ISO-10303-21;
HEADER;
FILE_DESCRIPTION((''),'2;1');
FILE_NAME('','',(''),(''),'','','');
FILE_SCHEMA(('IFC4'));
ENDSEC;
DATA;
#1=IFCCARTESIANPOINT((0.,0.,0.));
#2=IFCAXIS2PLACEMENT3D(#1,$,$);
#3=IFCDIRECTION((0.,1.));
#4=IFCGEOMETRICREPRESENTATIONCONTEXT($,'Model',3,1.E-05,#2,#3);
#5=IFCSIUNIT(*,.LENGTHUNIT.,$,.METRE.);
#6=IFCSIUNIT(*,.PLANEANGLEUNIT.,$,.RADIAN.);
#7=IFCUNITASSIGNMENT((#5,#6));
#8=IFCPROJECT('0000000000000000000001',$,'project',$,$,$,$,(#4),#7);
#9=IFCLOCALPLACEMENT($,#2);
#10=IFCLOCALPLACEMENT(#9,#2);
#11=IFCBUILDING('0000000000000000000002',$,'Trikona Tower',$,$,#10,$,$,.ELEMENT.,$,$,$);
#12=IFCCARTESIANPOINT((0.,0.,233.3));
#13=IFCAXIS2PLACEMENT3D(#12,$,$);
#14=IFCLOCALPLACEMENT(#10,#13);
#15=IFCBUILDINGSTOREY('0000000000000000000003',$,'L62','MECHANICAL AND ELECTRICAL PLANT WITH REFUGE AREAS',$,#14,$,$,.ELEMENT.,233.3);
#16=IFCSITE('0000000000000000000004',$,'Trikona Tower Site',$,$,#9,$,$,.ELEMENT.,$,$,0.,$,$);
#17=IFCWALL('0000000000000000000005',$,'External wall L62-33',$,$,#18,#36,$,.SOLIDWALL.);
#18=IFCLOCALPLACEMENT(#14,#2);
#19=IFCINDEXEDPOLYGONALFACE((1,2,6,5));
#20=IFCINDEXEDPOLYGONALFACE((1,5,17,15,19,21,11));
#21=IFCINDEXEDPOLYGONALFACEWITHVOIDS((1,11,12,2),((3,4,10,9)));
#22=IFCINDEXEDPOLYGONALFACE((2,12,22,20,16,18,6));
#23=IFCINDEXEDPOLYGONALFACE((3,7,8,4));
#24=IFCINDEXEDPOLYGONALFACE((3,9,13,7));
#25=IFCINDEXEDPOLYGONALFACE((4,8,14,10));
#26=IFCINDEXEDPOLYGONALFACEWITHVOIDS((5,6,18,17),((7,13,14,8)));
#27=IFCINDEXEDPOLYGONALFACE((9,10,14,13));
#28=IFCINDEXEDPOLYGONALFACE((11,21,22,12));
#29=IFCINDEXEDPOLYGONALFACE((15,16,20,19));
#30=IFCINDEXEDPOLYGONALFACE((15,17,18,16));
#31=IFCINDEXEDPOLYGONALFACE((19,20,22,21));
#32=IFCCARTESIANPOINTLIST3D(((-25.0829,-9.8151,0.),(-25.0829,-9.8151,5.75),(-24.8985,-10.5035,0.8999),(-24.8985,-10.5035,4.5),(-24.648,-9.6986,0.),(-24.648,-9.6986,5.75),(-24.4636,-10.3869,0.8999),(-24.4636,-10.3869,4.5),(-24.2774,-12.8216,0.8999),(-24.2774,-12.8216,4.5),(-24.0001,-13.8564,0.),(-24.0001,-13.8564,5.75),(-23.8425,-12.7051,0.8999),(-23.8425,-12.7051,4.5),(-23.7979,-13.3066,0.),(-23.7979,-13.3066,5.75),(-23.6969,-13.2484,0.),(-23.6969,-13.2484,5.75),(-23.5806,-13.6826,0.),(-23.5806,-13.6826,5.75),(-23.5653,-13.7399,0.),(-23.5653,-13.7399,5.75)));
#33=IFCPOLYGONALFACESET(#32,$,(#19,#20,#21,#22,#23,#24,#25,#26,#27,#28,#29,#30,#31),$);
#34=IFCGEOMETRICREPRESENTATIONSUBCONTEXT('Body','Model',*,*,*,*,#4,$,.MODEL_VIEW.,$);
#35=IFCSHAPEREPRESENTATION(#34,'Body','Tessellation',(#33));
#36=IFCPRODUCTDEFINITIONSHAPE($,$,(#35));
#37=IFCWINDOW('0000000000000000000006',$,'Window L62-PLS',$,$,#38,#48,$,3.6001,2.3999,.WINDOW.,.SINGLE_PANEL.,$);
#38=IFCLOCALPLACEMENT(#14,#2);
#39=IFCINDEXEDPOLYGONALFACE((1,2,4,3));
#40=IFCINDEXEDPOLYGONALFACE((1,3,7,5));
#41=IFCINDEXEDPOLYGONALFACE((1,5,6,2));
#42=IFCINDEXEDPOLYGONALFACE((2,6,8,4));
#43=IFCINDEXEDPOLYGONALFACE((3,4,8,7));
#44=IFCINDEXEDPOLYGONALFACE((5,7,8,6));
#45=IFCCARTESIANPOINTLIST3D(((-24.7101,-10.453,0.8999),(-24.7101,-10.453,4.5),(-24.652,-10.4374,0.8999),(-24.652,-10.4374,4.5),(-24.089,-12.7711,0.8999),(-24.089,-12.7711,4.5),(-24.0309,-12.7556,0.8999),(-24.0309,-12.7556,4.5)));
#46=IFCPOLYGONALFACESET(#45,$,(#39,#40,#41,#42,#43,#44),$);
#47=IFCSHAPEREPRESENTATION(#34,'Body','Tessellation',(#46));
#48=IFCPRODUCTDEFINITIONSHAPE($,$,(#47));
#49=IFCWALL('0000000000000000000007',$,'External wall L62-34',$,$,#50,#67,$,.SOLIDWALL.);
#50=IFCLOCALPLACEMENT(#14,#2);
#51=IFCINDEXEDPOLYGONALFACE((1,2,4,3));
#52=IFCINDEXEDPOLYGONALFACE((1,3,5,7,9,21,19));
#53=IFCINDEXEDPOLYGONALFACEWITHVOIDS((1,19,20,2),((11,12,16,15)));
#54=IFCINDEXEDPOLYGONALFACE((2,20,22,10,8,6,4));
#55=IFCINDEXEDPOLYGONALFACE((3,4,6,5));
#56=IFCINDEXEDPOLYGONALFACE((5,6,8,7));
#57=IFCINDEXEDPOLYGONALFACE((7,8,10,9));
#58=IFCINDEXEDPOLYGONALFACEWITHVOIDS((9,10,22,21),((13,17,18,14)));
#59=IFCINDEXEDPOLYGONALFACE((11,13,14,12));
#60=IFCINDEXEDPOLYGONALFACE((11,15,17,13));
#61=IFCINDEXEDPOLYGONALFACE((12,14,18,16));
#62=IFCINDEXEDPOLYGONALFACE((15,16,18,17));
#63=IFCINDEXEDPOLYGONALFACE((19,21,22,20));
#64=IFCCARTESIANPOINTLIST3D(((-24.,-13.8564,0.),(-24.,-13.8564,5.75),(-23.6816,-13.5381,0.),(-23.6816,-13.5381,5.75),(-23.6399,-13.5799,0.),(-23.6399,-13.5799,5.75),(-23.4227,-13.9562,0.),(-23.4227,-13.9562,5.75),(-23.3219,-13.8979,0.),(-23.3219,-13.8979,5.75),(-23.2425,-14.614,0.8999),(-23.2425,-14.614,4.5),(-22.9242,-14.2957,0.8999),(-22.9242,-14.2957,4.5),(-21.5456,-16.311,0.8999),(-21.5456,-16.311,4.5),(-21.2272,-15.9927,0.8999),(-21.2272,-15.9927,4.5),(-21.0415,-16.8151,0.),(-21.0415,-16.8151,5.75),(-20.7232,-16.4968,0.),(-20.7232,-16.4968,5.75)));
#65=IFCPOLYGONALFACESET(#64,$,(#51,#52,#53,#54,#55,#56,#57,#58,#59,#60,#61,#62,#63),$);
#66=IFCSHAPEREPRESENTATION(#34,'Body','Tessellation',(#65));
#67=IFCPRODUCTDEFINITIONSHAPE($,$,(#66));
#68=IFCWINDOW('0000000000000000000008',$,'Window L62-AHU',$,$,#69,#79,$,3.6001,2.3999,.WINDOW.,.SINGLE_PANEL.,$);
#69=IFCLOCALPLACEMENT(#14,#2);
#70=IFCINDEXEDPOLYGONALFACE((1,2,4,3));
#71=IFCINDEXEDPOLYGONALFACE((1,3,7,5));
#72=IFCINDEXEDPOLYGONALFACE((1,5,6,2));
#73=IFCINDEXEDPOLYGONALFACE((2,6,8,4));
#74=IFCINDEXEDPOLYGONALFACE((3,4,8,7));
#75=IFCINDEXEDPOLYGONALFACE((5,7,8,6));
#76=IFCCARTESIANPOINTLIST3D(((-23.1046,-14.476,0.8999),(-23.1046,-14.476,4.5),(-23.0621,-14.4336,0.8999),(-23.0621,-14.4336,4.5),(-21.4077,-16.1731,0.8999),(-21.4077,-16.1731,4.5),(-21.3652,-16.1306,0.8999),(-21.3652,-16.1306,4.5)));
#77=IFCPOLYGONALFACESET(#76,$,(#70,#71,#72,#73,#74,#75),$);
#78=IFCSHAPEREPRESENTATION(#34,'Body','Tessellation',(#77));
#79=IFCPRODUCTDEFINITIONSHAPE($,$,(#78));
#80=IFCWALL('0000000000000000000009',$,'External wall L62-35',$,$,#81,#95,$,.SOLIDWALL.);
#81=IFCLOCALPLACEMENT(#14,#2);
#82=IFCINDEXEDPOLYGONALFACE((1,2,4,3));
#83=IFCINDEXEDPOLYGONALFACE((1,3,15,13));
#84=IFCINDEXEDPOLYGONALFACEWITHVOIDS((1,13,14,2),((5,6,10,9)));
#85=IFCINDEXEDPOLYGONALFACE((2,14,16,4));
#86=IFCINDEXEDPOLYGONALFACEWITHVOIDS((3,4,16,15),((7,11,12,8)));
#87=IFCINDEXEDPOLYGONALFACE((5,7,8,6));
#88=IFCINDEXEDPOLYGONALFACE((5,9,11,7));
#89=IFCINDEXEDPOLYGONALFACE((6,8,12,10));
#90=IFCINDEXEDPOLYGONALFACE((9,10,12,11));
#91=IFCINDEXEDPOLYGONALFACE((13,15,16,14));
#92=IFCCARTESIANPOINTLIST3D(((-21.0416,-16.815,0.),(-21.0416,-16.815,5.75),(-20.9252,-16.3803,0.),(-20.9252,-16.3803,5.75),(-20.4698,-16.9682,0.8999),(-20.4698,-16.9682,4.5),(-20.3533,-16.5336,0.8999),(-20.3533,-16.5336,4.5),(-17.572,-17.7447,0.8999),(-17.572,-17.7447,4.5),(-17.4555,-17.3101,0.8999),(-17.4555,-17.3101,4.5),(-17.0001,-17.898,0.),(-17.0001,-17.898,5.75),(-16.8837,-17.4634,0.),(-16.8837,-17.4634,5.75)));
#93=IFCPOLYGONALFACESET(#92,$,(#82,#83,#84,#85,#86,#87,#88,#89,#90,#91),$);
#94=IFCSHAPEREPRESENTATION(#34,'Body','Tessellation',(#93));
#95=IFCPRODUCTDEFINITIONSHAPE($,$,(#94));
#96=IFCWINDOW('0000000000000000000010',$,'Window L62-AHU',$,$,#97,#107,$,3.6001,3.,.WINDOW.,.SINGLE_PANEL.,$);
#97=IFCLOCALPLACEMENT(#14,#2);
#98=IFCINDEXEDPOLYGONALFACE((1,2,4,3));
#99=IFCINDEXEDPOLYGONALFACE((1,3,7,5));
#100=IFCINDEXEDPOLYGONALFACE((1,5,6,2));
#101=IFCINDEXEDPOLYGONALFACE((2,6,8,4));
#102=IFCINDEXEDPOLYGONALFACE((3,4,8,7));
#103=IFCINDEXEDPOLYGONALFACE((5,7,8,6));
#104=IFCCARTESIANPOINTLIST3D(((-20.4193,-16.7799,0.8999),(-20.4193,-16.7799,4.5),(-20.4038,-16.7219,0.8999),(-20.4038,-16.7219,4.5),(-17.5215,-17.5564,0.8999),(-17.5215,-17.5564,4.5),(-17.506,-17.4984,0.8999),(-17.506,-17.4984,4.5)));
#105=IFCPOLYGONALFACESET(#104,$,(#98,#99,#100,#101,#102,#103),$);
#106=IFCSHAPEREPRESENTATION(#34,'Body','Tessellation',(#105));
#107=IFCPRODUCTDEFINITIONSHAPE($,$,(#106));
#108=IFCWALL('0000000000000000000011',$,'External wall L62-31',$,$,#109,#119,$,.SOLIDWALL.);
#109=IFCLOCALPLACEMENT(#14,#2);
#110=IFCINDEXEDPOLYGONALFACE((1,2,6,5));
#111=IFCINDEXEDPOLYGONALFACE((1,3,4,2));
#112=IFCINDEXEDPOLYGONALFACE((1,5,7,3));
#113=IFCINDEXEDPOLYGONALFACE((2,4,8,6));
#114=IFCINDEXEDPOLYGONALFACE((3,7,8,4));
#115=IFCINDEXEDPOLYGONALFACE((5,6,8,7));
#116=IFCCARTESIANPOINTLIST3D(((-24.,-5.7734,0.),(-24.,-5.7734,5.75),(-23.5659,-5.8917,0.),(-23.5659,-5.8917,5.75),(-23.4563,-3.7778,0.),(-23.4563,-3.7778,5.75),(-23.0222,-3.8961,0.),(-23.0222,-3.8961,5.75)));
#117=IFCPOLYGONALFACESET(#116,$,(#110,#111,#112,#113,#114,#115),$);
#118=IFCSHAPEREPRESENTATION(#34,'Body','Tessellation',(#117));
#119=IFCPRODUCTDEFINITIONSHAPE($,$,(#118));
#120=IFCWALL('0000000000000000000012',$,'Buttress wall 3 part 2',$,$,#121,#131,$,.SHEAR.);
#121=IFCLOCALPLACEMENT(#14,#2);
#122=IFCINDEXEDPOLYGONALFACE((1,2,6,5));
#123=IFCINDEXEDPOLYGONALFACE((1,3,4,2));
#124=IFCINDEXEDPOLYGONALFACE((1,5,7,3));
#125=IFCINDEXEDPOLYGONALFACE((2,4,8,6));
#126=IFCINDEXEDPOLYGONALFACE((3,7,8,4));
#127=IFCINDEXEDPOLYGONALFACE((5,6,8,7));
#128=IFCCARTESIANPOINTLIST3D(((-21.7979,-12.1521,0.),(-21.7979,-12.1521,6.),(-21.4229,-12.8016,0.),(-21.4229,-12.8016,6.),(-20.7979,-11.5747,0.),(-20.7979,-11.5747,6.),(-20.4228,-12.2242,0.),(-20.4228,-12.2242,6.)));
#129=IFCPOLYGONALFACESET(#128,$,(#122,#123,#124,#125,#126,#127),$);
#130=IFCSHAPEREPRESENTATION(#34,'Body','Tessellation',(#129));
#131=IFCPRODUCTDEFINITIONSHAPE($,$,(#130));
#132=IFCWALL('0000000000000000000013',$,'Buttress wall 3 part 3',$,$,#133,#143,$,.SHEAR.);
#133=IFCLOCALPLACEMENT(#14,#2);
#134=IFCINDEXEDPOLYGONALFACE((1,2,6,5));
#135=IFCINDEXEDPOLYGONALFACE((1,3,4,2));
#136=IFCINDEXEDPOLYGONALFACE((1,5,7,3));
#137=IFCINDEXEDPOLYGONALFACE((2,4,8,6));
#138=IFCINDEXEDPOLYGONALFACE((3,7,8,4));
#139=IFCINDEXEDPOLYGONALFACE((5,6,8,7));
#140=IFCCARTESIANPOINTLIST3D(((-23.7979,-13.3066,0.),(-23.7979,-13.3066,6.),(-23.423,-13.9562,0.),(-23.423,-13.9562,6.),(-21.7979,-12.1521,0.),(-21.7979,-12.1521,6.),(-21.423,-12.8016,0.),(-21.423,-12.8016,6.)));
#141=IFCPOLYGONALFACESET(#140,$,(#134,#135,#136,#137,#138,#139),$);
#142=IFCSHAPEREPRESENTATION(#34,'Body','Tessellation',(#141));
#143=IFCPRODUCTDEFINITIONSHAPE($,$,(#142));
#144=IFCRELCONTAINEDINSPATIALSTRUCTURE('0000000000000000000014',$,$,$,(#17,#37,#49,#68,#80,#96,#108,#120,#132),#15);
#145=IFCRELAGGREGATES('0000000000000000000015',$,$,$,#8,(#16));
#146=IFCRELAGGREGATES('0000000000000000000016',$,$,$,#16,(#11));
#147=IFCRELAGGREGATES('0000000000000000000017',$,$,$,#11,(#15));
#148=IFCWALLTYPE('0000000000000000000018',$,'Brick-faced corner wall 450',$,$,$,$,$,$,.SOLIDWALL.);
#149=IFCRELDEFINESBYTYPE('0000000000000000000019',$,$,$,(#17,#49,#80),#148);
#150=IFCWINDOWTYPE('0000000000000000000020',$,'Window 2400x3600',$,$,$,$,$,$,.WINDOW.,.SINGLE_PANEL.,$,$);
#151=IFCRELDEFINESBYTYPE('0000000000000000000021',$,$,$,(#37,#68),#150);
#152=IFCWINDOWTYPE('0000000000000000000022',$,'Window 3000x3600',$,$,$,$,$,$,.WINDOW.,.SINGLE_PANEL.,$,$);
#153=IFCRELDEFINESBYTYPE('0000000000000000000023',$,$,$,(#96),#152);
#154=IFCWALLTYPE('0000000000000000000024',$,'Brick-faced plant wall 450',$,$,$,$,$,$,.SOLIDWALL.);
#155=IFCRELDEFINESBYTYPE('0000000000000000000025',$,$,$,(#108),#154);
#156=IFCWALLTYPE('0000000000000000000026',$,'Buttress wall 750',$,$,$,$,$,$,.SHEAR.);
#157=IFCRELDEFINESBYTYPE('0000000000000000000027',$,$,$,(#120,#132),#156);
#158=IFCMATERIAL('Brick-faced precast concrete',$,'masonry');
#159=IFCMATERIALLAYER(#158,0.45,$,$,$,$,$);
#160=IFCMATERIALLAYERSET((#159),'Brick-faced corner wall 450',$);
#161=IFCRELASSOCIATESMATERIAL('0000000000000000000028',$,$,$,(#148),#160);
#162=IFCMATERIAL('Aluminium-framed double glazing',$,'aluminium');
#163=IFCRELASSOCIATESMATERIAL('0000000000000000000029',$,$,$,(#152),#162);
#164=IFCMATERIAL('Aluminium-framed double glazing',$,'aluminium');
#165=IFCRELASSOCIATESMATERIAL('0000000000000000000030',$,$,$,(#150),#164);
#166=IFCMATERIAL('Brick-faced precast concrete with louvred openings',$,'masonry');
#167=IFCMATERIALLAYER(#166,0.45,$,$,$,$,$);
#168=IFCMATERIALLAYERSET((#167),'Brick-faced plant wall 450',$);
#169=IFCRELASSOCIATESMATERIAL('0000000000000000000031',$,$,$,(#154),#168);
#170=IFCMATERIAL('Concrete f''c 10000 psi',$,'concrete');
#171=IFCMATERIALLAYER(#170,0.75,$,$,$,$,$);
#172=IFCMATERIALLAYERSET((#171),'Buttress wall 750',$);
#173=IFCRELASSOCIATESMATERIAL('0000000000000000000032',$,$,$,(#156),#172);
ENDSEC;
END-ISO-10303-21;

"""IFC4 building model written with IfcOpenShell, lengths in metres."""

from ifc_helpers import new_model, si_unit, direction, frame, frame_2d, origin, place, context, subcontext, project, spatial, polyline, rectangle, outline, extrude, material, layer, layer_set, type_object, element, fill, save


model = new_model("IFC4")

# Units and contexts
model_context = context("Model", 3, precision=1e-05, world=origin(), true_north=direction((0.0, 1.0)))
body_context = subcontext(model_context, "Body", "Model", "MODEL_VIEW")
ifc_project = project(units=[si_unit("LENGTHUNIT", "METRE"), si_unit("PLANEANGLEUNIT", "RADIAN")], contexts=[model_context])

# Site, building, storey
site_placement = place(None, origin())
site = spatial("IfcSite", under=ifc_project, at=site_placement, Name="Trikona Tower Site", CompositionType="ELEMENT", RefElevation=0.0)
building_placement = place(site_placement, origin())
building = spatial("IfcBuilding", under=site, at=building_placement, Name="Trikona Tower", CompositionType="ELEMENT")
storey_placement = place(building_placement, frame((0.0, 0.0, 233.3)))
storey = spatial("IfcBuildingStorey", under=building, at=storey_placement, Name="L62", Description="MECHANICAL AND ELECTRICAL PLANT WITH REFUGE AREAS", CompositionType="ELEMENT", Elevation=233.3)

# Walls, openings, windows
ifc_material_1 = material(Name="Brick-faced precast concrete", Category="masonry")
ifc_layer_1 = layer(ifc_material_1, 0.45)
ifc_layer_set_1 = layer_set([ifc_layer_1], Name="Brick-faced corner wall 450")
wall_type_1 = type_object("IfcWallType", Name="Brick-faced corner wall 450", PredefinedType="SOLIDWALL", material=ifc_layer_set_1)
ifc_material_2 = material(Name="Aluminium-framed double glazing", Category="aluminium")
window_type_1 = type_object("IfcWindowType", Name="Window 3000x3600", PartitioningType="SINGLE_PANEL", PredefinedType="WINDOW", material=ifc_material_2)
wall_1_placement = place(storey_placement, frame((-24.8655, -9.7568, 0.0), z_axis=(0.0, 0.0, 1.0), x_axis=(0.258799, -0.965931, 0.0)))
wall_1 = element("IfcWall", 1, at=wall_1_placement, inside=storey, type_object=wall_type_1, Name="External wall L62-33", PredefinedType="SOLIDWALL", context=body_context, shape_type="SweptSolid", body=[
    extrude(outline(polyline([(4.1838, 0.2251), (4.1245, 0.2251), (3.7051, 0.1125), (3.675, 0.2251), (0.0, 0.2251), (0.0, -0.2251), (4.1838, -0.2251), (4.1838, 0.2251)])), origin(), (0.0, 0.0, 1.0), 5.75),
])
opening_1_placement = place(wall_1_placement, frame((0.7126, 0.0, 0.8999)))
opening_1 = element("IfcOpeningElement", 2, at=opening_1_placement, cuts=wall_1, PredefinedType="OPENING", context=body_context, shape_type="SweptSolid", body=[
    extrude(rectangle(XDim=2.3999, YDim=3.6001, at=frame_2d((1.2, 1.8))), frame((0.0, 0.2349, 0.0), z_axis=(0.0, -1.0, 0.0), x_axis=(1.0, 0.0, 0.0)), (0.0, 0.0, 1.0), 0.47),
])
ifc_material_3 = material(Name="Aluminium-framed double glazing", Category="aluminium")
window_type_2 = type_object("IfcWindowType", Name="Window 2400x3600", PartitioningType="SINGLE_PANEL", PredefinedType="WINDOW", material=ifc_material_3)
window_1_placement = place(opening_1_placement, origin())
window_1 = element("IfcWindow", 3, at=window_1_placement, inside=storey, type_object=window_type_2, Name="Window L62-PLS", OverallHeight=3.6001, OverallWidth=2.3999, PartitioningType="SINGLE_PANEL", PredefinedType="WINDOW", context=body_context, shape_type="SweptSolid", body=[
    extrude(rectangle(XDim=2.3999, YDim=3.6001, at=frame_2d((1.2, 1.8))), frame((0.0, 0.03, 0.0), z_axis=(0.0, -1.0, 0.0), x_axis=(1.0, 0.0, 0.0)), (0.0, 0.0, 1.0), 0.0601),
])
fill(opening_1, window_1)
wall_2_placement = place(storey_placement, frame((-23.8408, -13.6973, 0.0), z_axis=(0.0, 0.0, 1.0), x_axis=(0.707078, -0.707136, 0.0)))
wall_2 = element("IfcWall", 4, at=wall_2_placement, inside=storey, type_object=wall_type_1, Name="External wall L62-34", PredefinedType="SOLIDWALL", context=body_context, shape_type="SweptSolid", body=[
    extrude(outline(polyline([(4.1841, 0.2251), (0.5088, 0.2251), (0.4788, 0.1125), (0.0591, 0.2251), (0.0, 0.2251), (0.0, -0.2251), (4.1841, -0.2251), (4.1841, 0.2251)])), origin(), (0.0, 0.0, 1.0), 5.75),
])
opening_2_placement = place(wall_2_placement, frame((1.0713, 0.0, 0.8999)))
opening_2 = element("IfcOpeningElement", 5, at=opening_2_placement, cuts=wall_2, PredefinedType="OPENING", context=body_context, shape_type="SweptSolid", body=[
    extrude(rectangle(XDim=2.3999, YDim=3.6001, at=frame_2d((1.2, 1.8))), frame((0.0, 0.2349, 0.0), z_axis=(0.0, -1.0, 0.0), x_axis=(1.0, 0.0, 0.0)), (0.0, 0.0, 1.0), 0.47),
])
window_2_placement = place(opening_2_placement, origin())
window_2 = element("IfcWindow", 6, at=window_2_placement, inside=storey, type_object=window_type_2, Name="Window L62-AHU", OverallHeight=3.6001, OverallWidth=2.3999, PartitioningType="SINGLE_PANEL", PredefinedType="WINDOW", context=body_context, shape_type="SweptSolid", body=[
    extrude(rectangle(XDim=2.3999, YDim=3.6001, at=frame_2d((1.2, 1.8))), frame((0.0, 0.03, 0.0), z_axis=(0.0, -1.0, 0.0), x_axis=(1.0, 0.0, 0.0)), (0.0, 0.0, 1.0), 0.0601),
])
fill(opening_2, window_2)
wall_3_placement = place(storey_placement, frame((-20.9834, -16.5977, 0.0), z_axis=(0.0, 0.0, 1.0), x_axis=(0.96592, -0.258839, 0.0)))
wall_3 = element("IfcWall", 7, at=wall_3_placement, inside=storey, type_object=wall_type_1, Name="External wall L62-35", PredefinedType="SOLIDWALL", context=body_context, shape_type="SweptSolid", body=[
    extrude(rectangle(XDim=4.1841, YDim=0.45, at=frame_2d((2.092, 0.0))), origin(), (0.0, 0.0, 1.0), 5.75),
])
opening_3_placement = place(wall_3_placement, frame((0.592, 0.0, 0.8999)))
opening_3 = element("IfcOpeningElement", 8, at=opening_3_placement, cuts=wall_3, PredefinedType="OPENING", context=body_context, shape_type="SweptSolid", body=[
    extrude(rectangle(XDim=3.0, YDim=3.6001, at=frame_2d((1.5, 1.8))), frame((0.0, 0.2349, 0.0), z_axis=(0.0, -1.0, 0.0), x_axis=(1.0, 0.0, 0.0)), (0.0, 0.0, 1.0), 0.47),
])
window_3_placement = place(opening_3_placement, origin())
window_3 = element("IfcWindow", 9, at=window_3_placement, inside=storey, type_object=window_type_1, Name="Window L62-AHU", OverallHeight=3.6001, OverallWidth=3.0, PartitioningType="SINGLE_PANEL", PredefinedType="WINDOW", context=body_context, shape_type="SweptSolid", body=[
    extrude(rectangle(XDim=3.0, YDim=3.6001, at=frame_2d((1.5, 1.8))), frame((0.0, 0.03, 0.0), z_axis=(0.0, -1.0, 0.0), x_axis=(1.0, 0.0, 0.0)), (0.0, 0.0, 1.0), 0.0601),
])
fill(opening_3, window_3)

# Walls
ifc_material_4 = material(Name="Brick-faced precast concrete with louvred openings", Category="masonry")
ifc_layer_2 = layer(ifc_material_4, 0.45)
ifc_layer_set_2 = layer_set([ifc_layer_2], Name="Brick-faced plant wall 450")
wall_type_2 = type_object("IfcWallType", Name="Brick-faced plant wall 450", PredefinedType="SOLIDWALL", material=ifc_layer_set_2)
wall_4_placement = place(storey_placement, frame((-23.2393, -3.8369, 0.0), z_axis=(0.0, 0.0, 1.0), x_axis=(-0.262868, -0.964832, 0.0)))
element("IfcWall", 10, at=wall_4_placement, inside=storey, type_object=wall_type_2, Name="External wall L62-31", PredefinedType="SOLIDWALL", context=body_context, shape_type="SweptSolid", body=[
    extrude(rectangle(XDim=2.0684, YDim=0.45, at=frame_2d((1.0342, 0.0))), origin(), (0.0, 0.0, 1.0), 5.75),
])
ifc_material_5 = material(Name="Concrete f'c 10000 psi", Category="concrete")
ifc_layer_3 = layer(ifc_material_5, 0.75)
ifc_layer_set_3 = layer_set([ifc_layer_3], Name="Buttress wall 750")
wall_type_3 = type_object("IfcWallType", Name="Buttress wall 750", PredefinedType="SHEAR", material=ifc_layer_set_3)
wall_5_placement = place(storey_placement, frame((-20.6104, -11.8994, 0.0), z_axis=(0.0, 0.0, 1.0), x_axis=(-0.86601, -0.500027, 0.0)))
element("IfcWall", 11, at=wall_5_placement, inside=storey, type_object=wall_type_3, Name="Buttress wall 3 part 2", PredefinedType="SHEAR", context=body_context, shape_type="SweptSolid", body=[
    extrude(rectangle(XDim=1.1548, YDim=0.75, at=frame_2d((0.5774, 0.0))), origin(), (0.0, 0.0, 1.0), 6.0),
])
wall_6_placement = place(storey_placement, frame((-21.6104, -12.4768, 0.0), z_axis=(0.0, 0.0, 1.0), x_axis=(-0.866055, -0.499948, 0.0)))
element("IfcWall", 12, at=wall_6_placement, inside=storey, type_object=wall_type_3, Name="Buttress wall 3 part 3", PredefinedType="SHEAR", context=body_context, shape_type="SweptSolid", body=[
    extrude(rectangle(XDim=2.3093, YDim=0.75, at=frame_2d((1.1548, 0.0))), origin(), (0.0, 0.0, 1.0), 6.0),
])

save(model, "model.ifc")
